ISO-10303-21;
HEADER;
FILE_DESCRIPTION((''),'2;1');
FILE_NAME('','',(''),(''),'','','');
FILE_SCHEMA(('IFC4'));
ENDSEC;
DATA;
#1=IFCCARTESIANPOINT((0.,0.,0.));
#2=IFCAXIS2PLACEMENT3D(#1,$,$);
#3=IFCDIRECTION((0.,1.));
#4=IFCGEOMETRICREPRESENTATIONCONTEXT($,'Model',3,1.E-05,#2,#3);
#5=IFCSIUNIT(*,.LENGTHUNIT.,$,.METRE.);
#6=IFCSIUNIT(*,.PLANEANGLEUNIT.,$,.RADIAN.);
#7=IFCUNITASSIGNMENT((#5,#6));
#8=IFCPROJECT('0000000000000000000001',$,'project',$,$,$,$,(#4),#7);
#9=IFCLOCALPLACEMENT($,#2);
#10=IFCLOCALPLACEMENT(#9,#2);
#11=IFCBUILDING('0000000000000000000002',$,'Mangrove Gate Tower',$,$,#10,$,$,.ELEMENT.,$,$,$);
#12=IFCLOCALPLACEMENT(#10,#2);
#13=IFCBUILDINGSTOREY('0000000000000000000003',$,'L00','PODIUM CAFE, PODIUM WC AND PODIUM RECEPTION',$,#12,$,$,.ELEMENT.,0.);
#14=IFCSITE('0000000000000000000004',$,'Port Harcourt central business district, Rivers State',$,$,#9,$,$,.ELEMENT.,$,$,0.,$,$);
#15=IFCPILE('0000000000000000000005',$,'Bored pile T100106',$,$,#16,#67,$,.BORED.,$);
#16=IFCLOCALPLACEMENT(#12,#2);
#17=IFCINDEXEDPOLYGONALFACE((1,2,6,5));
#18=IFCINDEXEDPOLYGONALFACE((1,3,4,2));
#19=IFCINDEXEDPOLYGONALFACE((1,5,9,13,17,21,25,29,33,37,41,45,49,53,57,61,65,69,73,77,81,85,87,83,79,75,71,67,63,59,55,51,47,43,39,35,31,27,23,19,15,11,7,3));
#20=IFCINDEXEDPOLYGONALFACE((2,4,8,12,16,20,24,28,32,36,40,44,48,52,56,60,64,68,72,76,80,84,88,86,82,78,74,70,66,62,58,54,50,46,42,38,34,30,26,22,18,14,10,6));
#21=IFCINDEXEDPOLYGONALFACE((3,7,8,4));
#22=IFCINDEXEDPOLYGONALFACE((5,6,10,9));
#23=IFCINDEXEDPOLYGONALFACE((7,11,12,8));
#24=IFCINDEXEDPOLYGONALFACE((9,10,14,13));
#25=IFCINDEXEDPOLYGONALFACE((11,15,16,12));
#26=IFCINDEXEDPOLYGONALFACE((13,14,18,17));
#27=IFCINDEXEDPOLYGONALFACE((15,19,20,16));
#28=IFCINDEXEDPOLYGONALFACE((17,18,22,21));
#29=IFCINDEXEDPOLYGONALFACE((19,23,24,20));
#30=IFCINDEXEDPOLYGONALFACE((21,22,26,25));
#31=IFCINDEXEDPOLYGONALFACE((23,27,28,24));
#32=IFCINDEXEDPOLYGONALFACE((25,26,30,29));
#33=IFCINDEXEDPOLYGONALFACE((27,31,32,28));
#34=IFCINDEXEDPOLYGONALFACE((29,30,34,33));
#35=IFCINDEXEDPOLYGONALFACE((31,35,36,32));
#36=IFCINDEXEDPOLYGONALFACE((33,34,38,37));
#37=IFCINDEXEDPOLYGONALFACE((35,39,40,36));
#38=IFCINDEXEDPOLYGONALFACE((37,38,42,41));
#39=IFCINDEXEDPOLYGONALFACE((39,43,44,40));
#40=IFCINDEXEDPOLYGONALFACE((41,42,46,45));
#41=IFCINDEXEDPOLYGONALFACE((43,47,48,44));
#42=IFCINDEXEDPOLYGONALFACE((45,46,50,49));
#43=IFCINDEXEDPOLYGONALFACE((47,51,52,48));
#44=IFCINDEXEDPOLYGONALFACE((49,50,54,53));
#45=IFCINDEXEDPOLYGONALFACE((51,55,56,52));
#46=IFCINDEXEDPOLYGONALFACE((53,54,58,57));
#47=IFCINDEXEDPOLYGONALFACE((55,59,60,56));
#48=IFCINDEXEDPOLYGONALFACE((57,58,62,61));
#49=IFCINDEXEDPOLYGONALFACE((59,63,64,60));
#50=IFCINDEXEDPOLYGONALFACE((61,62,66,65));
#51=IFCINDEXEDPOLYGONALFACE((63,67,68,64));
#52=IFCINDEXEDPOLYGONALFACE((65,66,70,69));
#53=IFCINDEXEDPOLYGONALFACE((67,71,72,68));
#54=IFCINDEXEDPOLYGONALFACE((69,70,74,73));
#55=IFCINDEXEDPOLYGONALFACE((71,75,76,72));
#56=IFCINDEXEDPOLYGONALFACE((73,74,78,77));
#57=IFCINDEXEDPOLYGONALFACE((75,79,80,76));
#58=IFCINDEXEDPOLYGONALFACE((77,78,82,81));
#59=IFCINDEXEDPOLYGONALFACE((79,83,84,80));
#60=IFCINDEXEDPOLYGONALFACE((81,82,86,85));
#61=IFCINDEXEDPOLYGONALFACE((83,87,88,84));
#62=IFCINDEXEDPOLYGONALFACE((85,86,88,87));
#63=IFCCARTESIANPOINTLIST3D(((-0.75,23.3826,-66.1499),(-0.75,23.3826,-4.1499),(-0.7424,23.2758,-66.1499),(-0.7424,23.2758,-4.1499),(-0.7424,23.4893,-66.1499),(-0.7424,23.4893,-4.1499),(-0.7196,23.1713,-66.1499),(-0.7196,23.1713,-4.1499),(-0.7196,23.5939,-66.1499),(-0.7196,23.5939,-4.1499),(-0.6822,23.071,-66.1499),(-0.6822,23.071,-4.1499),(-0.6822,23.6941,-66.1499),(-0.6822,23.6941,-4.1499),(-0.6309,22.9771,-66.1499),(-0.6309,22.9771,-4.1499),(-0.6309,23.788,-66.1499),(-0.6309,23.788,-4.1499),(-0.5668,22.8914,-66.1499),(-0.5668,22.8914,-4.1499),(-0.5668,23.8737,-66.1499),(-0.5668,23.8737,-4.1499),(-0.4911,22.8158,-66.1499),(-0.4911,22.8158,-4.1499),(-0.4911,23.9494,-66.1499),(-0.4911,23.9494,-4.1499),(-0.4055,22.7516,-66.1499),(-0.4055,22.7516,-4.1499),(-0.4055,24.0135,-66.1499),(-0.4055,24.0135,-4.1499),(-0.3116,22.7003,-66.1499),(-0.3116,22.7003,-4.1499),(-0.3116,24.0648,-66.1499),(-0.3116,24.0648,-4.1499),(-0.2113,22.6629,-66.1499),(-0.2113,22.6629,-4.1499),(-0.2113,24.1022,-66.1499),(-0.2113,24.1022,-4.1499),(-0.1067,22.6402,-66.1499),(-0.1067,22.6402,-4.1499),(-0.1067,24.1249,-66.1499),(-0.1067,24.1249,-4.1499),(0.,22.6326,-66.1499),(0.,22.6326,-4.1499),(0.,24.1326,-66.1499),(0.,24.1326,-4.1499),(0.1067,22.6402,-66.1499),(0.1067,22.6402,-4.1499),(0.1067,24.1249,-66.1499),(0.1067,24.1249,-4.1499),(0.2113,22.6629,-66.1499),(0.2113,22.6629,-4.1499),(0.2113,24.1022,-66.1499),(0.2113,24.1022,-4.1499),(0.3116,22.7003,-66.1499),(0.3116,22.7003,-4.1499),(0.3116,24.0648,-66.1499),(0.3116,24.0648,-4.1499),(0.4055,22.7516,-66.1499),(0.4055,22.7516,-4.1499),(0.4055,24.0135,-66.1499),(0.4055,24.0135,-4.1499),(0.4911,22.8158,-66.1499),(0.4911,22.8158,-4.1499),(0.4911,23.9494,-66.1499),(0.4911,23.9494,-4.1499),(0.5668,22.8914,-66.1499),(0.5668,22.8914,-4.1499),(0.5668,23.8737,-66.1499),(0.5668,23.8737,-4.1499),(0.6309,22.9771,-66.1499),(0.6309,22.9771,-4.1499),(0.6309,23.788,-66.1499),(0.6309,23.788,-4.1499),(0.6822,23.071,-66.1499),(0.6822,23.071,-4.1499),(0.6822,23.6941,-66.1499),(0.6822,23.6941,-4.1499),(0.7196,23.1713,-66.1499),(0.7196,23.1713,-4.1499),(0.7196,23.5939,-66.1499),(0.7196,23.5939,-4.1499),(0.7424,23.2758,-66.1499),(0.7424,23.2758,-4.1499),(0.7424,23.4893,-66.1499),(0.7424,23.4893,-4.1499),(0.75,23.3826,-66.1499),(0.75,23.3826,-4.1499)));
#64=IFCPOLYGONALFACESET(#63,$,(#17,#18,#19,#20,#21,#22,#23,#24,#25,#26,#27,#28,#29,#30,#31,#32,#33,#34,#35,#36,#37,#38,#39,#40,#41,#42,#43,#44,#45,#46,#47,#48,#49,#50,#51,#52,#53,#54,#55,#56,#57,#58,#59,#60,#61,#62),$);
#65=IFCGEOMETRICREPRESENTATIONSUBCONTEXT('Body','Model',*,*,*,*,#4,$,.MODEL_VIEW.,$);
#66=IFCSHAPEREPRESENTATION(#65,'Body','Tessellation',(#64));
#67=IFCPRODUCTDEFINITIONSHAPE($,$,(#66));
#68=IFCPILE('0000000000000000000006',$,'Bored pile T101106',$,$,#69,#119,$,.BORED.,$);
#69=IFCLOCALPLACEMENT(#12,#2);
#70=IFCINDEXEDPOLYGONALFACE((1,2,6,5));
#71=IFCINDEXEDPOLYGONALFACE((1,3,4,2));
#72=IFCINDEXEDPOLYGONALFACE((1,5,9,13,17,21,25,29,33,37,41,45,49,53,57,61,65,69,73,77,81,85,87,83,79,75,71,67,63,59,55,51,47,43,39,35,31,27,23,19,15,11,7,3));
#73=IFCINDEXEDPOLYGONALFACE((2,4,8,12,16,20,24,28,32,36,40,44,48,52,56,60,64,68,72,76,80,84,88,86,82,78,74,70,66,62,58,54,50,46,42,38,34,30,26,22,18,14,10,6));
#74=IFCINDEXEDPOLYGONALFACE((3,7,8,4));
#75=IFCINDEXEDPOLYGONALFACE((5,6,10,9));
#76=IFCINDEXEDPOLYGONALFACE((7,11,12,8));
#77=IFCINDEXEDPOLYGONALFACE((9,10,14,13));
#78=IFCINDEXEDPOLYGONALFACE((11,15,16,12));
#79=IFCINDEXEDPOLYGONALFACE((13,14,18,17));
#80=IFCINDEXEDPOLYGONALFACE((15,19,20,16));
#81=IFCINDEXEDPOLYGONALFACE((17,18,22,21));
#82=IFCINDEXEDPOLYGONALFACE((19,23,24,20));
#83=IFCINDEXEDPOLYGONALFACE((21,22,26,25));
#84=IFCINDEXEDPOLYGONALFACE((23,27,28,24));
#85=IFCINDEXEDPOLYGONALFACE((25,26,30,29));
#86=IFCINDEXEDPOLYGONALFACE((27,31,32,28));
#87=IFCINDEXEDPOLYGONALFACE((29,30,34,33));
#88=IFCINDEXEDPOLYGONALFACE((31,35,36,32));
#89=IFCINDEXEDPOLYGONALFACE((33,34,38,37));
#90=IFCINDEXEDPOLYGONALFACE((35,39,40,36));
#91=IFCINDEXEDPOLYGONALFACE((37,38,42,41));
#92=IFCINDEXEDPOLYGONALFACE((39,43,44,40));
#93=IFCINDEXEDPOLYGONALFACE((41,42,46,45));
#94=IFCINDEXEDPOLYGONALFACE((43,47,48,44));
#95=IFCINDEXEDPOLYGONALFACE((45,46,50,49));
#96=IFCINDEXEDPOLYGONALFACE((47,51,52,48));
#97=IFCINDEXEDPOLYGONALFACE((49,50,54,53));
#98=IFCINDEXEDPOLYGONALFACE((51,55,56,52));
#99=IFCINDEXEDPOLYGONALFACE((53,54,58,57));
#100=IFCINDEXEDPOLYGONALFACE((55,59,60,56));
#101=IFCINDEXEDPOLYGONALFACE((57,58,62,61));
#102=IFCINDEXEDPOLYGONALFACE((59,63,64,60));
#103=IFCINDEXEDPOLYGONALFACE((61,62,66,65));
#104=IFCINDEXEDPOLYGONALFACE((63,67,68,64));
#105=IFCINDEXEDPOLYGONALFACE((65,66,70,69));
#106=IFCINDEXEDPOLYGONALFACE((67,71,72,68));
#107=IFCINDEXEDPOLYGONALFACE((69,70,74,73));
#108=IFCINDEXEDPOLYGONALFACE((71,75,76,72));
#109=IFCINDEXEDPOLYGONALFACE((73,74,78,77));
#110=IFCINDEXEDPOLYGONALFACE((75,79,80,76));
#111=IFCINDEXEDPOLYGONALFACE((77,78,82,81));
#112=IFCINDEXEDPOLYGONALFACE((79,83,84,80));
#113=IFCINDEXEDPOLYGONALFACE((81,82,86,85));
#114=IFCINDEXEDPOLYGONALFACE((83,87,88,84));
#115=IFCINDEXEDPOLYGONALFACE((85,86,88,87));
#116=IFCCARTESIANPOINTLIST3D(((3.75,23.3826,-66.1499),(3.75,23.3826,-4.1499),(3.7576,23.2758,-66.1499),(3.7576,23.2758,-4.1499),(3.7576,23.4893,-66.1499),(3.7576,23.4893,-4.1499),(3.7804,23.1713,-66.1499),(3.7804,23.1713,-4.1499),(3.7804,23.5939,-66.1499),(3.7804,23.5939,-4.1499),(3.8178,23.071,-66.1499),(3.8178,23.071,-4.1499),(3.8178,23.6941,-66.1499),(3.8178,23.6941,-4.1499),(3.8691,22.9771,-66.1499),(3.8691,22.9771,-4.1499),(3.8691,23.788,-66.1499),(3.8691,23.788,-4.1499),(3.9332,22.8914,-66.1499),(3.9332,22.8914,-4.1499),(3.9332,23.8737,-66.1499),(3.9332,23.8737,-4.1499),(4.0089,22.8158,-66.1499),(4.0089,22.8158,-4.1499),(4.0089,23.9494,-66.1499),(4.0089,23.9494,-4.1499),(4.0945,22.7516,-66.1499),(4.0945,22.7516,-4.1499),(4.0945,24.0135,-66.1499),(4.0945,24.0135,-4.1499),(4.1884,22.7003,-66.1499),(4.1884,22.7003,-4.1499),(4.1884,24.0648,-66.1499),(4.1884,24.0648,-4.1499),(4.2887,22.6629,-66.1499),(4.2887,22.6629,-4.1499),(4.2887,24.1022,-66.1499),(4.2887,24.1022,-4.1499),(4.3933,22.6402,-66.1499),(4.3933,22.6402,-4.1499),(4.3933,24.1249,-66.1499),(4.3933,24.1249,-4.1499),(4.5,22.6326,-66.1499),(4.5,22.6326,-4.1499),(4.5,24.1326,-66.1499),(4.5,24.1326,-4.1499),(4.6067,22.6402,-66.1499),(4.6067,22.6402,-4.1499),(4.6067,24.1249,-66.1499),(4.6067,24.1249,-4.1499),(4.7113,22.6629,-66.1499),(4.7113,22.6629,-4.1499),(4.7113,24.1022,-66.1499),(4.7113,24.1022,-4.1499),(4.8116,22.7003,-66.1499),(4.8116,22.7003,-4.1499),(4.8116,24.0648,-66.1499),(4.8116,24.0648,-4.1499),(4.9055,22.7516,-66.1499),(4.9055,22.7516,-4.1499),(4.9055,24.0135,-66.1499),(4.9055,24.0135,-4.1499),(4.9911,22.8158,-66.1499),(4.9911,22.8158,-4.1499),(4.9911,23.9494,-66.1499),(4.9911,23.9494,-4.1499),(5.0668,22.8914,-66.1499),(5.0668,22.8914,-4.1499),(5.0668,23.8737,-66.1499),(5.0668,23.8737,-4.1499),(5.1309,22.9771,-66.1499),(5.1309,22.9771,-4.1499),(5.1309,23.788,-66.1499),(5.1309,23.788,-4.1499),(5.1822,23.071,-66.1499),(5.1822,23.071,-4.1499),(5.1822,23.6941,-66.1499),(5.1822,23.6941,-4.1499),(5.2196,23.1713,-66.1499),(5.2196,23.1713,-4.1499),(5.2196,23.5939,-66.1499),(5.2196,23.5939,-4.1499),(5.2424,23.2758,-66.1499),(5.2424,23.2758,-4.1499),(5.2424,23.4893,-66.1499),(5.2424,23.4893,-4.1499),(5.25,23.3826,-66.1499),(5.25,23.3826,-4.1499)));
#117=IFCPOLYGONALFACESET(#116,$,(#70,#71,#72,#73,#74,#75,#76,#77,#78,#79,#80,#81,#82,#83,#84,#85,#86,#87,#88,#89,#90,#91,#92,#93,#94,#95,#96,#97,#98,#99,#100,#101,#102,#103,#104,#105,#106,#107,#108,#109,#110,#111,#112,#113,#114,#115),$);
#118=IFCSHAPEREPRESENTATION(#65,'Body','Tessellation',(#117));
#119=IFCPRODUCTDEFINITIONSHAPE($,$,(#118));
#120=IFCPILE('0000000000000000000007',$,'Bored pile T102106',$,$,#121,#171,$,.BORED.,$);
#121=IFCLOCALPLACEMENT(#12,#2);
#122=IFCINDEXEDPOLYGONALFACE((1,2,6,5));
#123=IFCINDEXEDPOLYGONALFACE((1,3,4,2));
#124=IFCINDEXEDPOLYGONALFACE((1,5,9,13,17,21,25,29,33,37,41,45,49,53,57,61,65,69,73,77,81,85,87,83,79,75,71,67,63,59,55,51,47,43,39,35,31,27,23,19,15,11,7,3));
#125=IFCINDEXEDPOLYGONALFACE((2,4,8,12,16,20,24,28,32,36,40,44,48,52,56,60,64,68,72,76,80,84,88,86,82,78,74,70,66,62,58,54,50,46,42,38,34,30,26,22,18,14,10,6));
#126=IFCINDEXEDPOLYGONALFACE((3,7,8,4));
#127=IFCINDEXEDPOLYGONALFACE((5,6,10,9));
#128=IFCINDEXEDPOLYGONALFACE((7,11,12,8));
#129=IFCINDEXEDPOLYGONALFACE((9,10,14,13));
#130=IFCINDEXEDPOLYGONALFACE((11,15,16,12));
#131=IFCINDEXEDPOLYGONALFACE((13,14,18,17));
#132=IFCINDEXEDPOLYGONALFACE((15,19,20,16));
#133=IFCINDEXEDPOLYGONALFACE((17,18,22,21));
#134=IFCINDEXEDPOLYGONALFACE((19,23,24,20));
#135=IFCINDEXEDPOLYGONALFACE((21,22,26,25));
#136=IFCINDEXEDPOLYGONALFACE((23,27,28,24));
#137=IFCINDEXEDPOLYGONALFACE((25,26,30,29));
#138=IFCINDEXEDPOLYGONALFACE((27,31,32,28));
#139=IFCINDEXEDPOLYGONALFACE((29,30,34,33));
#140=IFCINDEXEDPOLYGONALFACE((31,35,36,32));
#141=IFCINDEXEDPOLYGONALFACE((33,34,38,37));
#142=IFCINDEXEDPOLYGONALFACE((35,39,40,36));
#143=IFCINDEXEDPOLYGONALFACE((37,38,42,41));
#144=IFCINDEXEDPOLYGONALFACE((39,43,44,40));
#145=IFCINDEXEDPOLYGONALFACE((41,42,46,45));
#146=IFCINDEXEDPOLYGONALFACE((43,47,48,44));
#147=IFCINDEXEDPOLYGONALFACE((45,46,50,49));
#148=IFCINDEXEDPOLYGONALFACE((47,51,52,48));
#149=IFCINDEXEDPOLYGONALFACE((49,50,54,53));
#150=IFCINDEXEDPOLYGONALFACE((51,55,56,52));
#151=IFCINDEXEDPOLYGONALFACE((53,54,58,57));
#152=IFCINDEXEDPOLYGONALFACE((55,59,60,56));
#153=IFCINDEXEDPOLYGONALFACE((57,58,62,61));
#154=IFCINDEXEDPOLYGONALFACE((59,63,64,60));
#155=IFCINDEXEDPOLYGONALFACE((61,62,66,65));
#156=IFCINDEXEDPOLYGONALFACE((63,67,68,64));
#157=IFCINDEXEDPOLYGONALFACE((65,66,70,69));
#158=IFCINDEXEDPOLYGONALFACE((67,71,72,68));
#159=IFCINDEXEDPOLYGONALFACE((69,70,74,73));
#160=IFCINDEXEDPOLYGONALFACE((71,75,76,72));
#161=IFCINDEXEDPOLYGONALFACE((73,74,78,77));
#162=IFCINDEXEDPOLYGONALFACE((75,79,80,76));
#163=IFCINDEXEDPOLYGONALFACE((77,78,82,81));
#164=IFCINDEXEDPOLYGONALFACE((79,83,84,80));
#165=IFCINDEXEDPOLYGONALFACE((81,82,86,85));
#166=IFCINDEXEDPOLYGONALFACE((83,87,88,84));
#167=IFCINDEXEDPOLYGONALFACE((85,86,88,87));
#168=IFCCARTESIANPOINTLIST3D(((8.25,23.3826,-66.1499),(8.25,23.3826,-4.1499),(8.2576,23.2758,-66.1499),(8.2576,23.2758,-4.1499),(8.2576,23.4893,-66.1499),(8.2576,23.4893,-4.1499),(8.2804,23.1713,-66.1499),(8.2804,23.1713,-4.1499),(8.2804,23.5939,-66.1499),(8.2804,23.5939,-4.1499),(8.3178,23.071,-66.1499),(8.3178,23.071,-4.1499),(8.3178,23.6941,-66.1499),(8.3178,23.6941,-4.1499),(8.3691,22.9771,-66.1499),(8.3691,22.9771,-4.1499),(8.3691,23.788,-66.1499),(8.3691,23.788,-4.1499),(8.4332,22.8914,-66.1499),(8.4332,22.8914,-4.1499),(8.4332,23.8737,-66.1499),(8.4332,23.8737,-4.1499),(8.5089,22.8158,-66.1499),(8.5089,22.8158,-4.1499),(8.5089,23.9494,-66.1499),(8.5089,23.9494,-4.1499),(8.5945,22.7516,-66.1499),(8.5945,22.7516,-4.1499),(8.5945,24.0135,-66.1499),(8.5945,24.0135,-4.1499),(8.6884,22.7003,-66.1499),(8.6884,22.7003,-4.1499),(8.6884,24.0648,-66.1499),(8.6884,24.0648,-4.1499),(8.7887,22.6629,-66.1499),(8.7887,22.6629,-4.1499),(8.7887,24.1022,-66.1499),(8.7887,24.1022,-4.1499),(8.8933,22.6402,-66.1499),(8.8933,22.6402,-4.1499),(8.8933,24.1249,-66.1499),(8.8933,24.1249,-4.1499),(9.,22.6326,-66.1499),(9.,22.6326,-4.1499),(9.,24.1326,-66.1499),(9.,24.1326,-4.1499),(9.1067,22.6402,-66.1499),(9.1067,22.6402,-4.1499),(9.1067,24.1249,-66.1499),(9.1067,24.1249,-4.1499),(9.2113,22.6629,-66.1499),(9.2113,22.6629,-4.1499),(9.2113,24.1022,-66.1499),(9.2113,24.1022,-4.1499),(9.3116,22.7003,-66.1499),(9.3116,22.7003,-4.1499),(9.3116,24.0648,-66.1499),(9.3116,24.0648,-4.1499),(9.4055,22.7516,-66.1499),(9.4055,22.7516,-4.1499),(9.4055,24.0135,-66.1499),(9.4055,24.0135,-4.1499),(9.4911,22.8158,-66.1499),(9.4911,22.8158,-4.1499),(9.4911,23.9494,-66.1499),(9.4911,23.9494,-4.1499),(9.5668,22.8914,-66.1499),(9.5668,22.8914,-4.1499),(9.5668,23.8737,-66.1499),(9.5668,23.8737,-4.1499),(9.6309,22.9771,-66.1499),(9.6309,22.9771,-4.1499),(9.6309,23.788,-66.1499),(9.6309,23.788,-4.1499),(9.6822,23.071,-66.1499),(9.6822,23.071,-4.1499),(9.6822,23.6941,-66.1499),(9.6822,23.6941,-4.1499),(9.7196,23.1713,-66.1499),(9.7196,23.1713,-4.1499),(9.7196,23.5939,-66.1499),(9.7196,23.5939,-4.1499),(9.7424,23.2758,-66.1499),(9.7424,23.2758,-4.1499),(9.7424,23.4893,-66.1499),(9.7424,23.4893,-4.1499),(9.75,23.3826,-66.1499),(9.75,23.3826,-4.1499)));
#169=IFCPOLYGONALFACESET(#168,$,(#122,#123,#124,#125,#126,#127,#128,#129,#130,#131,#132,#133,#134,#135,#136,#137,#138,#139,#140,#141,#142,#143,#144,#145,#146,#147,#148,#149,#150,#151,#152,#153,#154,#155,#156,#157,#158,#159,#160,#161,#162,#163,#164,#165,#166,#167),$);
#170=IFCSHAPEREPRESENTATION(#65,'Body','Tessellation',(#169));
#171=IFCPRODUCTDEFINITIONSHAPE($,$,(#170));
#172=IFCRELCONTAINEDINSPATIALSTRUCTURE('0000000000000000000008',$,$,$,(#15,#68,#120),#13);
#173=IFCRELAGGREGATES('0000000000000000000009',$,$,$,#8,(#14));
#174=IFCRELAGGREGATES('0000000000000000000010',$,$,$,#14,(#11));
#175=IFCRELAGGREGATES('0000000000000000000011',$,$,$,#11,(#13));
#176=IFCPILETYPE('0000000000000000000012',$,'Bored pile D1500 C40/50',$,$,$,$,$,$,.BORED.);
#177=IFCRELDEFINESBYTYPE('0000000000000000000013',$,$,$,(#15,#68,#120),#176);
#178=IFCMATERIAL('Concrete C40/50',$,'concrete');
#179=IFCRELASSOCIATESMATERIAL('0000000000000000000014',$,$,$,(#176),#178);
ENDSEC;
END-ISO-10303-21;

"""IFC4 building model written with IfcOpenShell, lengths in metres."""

from ifc_helpers import new_model, si_unit, direction, frame, origin, origin_2d, place, context, subcontext, project, spatial, circle, extrude, material, material_profile, profile_set, type_object, element, save


model = new_model("IFC4")

# Units and contexts
model_context = context("Model", 3, precision=1e-05, world=origin(), true_north=direction((0.0, 1.0)))
body_context = subcontext(model_context, "Body", "Model", "MODEL_VIEW")
ifc_project = project(units=[si_unit("LENGTHUNIT", "METRE"), si_unit("PLANEANGLEUNIT", "RADIAN")], contexts=[model_context])

# Site, building, storey
site_placement = place(None, origin())
site = spatial("IfcSite", under=ifc_project, at=site_placement, Name="Port Harcourt central business district, Rivers State", CompositionType="ELEMENT", RefElevation=0.0)
building_placement = place(site_placement, origin())
building = spatial("IfcBuilding", under=site, at=building_placement, Name="Mangrove Gate Tower", CompositionType="ELEMENT")
storey_placement = place(building_placement, origin())
storey = spatial("IfcBuildingStorey", under=building, at=storey_placement, Name="L00", Description="PODIUM CAFE, PODIUM WC AND PODIUM RECEPTION", CompositionType="ELEMENT", Elevation=0.0)

# Piles
ifc_material_1 = material(Name="Concrete C40/50", Category="concrete")
ifc_material_profile_1 = material_profile(ifc_material_1, circle(Radius=0.75, at=origin_2d()))
ifc_profile_set_1 = profile_set([ifc_material_profile_1], Name="Concrete C40/50")
pile_type = type_object("IfcPileType", Name="Bored pile D1500 C40/50", PredefinedType="BORED", material=ifc_profile_set_1)
for number, where, z_axis, x_axis, name in (
    (1, (0.0, 23.3826, -4.1499), (0.0, 0.0, -1.0), (1.0, 0.0, 0.0), "Bored pile T100106"),
    (2, (4.5, 23.3826, -4.1499), (0.0, 0.0, -1.0), (1.0, 0.0, 0.0), "Bored pile T101106"),
    (3, (9.0, 23.3826, -4.1499), (0.0, 0.0, -1.0), (1.0, 0.0, 0.0), "Bored pile T102106"),
):
    element("IfcPile", number, at=place(storey_placement, frame(where, z_axis=z_axis, x_axis=x_axis)), inside=storey, type_object=pile_type, Name=name, PredefinedType="BORED", context=body_context, shape_type="SweptSolid", body=[
        extrude(circle(Radius=0.75, at=origin_2d()), origin(), (0.0, 0.0, 1.0), 62.0),
    ])

save(model, "model.ifc")
